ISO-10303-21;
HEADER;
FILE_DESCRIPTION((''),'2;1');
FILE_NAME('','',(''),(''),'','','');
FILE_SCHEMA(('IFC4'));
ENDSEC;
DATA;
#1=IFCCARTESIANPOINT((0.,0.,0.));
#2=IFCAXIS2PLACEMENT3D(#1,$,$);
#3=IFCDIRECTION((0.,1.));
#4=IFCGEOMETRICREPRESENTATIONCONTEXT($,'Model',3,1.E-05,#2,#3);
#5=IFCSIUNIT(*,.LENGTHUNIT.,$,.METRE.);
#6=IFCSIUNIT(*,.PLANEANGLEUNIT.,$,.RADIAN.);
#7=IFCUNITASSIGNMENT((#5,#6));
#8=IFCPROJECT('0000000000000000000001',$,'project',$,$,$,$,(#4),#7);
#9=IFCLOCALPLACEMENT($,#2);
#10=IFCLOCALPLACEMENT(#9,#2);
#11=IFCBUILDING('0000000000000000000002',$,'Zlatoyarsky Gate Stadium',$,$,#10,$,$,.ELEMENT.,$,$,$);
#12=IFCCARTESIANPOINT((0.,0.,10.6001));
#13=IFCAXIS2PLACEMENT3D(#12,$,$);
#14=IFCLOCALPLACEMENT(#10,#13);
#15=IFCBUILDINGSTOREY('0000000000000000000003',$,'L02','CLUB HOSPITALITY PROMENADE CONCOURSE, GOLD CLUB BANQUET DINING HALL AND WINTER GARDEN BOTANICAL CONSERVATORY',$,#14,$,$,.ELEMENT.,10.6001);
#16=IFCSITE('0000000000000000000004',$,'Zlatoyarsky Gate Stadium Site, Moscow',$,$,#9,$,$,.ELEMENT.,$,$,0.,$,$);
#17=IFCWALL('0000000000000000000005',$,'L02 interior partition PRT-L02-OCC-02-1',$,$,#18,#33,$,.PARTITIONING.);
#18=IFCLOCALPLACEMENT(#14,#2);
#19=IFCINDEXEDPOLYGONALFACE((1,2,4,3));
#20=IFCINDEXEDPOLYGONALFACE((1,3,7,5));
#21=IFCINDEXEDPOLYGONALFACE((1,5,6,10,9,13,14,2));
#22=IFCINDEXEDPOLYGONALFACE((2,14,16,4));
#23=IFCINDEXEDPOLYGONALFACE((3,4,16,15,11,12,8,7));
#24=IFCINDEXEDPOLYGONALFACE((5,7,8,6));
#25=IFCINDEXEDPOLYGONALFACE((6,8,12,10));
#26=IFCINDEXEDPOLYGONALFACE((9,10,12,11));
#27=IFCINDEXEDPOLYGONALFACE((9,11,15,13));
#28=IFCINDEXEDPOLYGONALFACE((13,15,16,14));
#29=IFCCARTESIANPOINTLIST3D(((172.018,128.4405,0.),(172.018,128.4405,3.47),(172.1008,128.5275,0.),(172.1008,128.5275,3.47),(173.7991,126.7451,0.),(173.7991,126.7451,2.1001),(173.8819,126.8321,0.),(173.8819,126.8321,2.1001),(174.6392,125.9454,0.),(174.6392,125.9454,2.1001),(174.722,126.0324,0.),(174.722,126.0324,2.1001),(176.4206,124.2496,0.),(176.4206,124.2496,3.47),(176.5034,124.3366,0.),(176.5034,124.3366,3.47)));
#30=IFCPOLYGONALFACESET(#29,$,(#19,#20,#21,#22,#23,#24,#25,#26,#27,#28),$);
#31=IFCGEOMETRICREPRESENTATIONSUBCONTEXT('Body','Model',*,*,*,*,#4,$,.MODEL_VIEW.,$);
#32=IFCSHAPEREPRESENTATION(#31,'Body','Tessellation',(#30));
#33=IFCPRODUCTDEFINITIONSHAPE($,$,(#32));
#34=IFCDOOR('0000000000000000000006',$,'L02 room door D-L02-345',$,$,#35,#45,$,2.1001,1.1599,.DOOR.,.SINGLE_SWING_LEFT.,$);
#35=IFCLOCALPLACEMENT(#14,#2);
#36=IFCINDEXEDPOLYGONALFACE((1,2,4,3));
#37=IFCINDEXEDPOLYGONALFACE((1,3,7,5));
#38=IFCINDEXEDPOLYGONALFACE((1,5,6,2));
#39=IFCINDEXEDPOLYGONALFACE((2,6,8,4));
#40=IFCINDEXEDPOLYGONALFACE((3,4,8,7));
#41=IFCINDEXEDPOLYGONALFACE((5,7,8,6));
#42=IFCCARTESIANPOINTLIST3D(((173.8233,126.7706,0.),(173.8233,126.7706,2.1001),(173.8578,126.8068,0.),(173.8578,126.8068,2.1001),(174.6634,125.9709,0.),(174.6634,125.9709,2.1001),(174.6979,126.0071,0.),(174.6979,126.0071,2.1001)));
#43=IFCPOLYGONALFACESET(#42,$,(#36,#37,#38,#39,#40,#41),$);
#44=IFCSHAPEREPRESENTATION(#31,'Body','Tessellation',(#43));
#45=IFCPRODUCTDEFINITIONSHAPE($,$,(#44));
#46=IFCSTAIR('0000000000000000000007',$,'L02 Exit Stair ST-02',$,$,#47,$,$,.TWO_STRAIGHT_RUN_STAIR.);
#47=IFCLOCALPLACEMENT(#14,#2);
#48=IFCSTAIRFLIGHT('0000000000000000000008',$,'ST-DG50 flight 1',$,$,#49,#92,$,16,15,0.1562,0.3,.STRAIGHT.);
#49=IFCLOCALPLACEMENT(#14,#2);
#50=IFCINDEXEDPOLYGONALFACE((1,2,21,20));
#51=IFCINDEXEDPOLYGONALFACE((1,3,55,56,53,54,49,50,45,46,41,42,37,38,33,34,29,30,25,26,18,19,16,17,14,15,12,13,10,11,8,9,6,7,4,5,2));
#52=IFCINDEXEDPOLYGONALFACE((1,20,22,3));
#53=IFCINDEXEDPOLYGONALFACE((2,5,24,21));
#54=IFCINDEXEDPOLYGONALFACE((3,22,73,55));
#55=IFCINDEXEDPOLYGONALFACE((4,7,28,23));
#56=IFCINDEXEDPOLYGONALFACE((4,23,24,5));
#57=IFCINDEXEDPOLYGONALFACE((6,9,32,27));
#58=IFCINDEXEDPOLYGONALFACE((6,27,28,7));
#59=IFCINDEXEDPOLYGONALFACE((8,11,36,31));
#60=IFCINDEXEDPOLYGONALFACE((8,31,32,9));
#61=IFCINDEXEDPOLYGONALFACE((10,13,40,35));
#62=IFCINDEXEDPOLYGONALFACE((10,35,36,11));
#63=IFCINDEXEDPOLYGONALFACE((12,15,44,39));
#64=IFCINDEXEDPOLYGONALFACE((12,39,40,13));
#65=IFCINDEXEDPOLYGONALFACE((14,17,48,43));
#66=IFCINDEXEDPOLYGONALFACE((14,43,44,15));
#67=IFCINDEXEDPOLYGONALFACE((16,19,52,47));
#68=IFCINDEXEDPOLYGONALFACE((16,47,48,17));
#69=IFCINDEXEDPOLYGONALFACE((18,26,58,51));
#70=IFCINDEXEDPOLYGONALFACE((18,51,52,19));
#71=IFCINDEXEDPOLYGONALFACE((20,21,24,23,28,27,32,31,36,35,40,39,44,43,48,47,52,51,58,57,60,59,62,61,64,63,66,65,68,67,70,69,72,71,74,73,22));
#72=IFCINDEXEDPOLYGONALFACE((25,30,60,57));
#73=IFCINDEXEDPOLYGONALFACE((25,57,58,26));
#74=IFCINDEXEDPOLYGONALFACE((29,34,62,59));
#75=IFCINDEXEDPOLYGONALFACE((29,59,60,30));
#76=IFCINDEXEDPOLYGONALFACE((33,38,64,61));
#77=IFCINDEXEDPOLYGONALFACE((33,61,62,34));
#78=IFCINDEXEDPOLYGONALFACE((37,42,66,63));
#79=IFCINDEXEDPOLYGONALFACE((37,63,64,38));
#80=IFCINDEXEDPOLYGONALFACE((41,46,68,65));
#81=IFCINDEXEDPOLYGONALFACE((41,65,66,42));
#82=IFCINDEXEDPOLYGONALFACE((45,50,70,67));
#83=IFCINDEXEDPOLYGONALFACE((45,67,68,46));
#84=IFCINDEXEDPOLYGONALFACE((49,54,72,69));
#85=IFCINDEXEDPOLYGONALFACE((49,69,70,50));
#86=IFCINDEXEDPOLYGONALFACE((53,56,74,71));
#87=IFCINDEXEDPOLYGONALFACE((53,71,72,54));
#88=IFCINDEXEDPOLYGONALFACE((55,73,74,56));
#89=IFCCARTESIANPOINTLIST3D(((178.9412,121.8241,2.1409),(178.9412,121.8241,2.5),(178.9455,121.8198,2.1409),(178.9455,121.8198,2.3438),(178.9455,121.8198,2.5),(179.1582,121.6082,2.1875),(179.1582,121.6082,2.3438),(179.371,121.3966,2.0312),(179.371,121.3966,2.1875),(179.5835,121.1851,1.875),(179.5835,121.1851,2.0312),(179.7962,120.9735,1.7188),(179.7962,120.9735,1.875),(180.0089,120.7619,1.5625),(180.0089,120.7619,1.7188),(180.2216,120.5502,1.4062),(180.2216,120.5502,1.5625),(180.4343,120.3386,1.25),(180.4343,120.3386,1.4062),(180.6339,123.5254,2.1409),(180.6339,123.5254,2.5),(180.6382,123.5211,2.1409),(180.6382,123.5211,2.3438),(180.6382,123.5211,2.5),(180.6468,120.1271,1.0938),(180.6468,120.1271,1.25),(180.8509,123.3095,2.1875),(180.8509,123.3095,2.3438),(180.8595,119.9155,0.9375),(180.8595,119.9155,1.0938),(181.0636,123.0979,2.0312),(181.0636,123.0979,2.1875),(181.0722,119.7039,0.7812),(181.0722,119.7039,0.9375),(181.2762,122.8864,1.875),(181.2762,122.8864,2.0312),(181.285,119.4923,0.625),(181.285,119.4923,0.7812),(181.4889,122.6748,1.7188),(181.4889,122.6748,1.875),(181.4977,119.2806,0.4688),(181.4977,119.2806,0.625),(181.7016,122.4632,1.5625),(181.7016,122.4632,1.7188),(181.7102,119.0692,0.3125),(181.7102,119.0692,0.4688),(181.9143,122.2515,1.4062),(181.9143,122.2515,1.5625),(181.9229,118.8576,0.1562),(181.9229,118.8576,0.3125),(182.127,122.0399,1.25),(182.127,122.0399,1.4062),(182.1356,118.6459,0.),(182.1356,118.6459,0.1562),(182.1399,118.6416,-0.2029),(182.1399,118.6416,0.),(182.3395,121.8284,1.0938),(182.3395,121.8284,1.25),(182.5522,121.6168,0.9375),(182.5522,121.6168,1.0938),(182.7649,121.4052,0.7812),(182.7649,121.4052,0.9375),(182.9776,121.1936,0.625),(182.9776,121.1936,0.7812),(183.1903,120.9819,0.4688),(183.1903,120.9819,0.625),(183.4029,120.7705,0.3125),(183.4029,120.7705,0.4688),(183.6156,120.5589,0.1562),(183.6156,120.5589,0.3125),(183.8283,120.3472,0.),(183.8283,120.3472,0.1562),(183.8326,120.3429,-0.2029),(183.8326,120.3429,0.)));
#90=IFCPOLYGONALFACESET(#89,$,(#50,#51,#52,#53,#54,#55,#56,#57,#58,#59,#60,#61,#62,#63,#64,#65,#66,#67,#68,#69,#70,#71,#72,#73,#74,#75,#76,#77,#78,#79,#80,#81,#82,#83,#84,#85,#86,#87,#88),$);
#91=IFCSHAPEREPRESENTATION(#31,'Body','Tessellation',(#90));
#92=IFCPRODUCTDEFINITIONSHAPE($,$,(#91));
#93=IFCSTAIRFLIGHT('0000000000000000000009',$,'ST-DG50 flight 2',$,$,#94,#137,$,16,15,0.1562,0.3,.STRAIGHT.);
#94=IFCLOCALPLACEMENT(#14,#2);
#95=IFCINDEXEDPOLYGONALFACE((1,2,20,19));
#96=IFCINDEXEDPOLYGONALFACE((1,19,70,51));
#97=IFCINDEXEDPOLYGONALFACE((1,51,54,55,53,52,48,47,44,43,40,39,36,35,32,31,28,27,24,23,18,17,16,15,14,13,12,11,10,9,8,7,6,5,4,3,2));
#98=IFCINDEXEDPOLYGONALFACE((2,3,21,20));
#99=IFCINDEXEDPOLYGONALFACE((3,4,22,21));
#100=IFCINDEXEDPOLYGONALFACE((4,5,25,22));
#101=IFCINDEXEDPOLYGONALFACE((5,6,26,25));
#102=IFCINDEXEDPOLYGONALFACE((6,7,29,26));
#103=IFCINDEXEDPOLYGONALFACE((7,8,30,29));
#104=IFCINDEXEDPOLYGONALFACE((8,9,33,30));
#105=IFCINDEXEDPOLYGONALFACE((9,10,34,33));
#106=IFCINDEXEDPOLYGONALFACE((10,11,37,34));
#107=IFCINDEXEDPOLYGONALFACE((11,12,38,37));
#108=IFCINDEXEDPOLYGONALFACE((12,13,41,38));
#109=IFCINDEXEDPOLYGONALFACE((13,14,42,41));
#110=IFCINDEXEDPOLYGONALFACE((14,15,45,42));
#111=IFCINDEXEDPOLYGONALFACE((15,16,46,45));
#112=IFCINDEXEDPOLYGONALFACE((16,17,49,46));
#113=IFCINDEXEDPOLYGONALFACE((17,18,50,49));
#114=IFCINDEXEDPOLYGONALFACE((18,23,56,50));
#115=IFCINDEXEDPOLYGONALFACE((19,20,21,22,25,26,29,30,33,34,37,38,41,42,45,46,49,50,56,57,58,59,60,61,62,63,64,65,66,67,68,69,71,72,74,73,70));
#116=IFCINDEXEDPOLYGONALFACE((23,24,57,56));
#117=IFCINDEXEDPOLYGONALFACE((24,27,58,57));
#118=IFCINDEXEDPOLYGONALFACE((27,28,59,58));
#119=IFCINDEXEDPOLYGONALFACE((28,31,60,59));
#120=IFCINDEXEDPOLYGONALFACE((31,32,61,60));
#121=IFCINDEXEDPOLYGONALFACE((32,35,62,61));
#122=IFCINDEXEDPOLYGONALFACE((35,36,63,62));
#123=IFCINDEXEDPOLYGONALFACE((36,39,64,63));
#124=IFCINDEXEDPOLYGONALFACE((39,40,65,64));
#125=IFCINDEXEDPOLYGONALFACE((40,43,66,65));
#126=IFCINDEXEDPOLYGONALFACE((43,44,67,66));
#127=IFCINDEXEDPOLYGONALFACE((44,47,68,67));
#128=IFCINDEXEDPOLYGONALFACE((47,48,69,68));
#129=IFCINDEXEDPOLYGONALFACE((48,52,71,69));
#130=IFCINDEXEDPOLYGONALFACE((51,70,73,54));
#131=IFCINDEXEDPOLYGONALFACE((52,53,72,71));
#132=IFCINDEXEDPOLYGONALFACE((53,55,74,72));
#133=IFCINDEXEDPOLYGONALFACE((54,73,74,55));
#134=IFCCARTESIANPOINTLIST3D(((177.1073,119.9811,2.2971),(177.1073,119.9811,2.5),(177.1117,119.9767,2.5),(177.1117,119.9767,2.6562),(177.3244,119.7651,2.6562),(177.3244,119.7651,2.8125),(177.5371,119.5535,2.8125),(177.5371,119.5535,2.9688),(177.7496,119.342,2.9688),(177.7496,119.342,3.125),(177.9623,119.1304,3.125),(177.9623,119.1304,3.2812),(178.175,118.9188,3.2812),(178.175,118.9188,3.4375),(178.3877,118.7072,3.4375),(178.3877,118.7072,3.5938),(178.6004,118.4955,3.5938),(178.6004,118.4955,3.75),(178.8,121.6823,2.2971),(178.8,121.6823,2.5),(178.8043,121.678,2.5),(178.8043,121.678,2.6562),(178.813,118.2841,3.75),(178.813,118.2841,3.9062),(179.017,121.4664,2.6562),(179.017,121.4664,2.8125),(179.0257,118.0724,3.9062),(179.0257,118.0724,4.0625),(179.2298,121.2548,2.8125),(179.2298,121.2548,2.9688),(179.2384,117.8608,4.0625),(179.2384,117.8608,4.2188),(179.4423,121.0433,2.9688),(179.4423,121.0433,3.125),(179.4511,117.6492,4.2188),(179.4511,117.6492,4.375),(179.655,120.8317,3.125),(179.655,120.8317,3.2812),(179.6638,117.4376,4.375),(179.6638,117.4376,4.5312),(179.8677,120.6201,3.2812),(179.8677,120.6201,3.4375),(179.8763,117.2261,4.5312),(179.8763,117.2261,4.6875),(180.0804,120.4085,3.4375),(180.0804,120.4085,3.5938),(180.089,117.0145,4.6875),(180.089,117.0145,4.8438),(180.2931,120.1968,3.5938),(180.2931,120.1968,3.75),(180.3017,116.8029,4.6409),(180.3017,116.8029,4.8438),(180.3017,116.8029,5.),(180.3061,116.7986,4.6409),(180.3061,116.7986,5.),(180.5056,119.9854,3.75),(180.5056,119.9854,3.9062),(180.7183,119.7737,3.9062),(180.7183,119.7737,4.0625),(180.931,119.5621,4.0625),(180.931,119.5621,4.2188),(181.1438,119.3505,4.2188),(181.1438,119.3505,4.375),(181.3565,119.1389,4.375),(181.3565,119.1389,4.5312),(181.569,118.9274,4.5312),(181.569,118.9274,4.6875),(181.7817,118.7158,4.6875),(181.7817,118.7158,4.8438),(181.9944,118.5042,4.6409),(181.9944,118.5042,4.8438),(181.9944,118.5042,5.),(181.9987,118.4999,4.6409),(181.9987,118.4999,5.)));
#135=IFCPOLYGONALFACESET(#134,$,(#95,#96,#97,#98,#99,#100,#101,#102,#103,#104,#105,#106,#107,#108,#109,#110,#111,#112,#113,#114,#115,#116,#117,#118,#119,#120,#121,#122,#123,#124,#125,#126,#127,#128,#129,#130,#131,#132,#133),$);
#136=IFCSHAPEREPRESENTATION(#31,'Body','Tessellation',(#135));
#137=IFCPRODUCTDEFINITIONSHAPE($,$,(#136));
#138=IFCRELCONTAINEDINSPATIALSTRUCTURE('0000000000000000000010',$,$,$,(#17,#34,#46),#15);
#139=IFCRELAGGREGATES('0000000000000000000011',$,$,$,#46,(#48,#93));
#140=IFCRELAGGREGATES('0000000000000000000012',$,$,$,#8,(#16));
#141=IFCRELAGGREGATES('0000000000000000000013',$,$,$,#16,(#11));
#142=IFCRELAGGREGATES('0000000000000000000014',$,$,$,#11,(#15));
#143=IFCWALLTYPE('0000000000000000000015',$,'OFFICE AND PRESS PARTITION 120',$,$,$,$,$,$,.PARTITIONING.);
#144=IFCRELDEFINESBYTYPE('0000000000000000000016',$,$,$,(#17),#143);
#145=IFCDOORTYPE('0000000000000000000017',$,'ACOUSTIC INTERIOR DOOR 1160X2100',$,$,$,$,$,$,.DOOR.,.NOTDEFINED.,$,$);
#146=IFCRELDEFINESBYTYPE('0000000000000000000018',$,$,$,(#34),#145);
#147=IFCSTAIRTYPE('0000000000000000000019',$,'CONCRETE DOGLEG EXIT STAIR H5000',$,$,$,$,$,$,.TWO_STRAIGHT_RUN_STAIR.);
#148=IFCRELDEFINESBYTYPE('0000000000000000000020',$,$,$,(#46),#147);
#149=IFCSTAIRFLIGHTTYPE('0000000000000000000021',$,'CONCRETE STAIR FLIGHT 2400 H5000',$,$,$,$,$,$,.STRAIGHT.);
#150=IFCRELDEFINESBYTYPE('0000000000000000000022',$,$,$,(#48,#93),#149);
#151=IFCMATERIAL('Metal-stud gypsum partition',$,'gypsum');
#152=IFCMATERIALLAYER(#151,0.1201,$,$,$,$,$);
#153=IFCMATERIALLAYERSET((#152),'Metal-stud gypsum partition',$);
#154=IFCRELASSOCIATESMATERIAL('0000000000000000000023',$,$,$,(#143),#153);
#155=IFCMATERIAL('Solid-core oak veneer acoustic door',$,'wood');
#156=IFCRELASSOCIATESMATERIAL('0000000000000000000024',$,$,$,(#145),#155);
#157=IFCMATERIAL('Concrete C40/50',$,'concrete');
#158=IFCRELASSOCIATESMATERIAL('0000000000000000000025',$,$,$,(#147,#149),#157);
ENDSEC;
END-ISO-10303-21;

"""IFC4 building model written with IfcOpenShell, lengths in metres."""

from ifc_helpers import new_model, si_unit, direction, frame, frame_2d, origin, place, context, subcontext, project, spatial, polyline, rectangle, outline, extrude, material, layer, layer_set, type_object, element, fill, aggregate, save


model = new_model("IFC4")

# Units and contexts
model_context = context("Model", 3, precision=1e-05, world=origin(), true_north=direction((0.0, 1.0)))
body_context = subcontext(model_context, "Body", "Model", "MODEL_VIEW")
ifc_project = project(units=[si_unit("LENGTHUNIT", "METRE"), si_unit("PLANEANGLEUNIT", "RADIAN")], contexts=[model_context])

# Site, building, storey
site_placement = place(None, origin())
site = spatial("IfcSite", under=ifc_project, at=site_placement, Name="Zlatoyarsky Gate Stadium Site, Moscow", CompositionType="ELEMENT", RefElevation=0.0)
building_placement = place(site_placement, origin())
building = spatial("IfcBuilding", under=site, at=building_placement, Name="Zlatoyarsky Gate Stadium", CompositionType="ELEMENT")
storey_placement = place(building_placement, frame((0.0, 0.0, 10.6001)))
storey = spatial("IfcBuildingStorey", under=building, at=storey_placement, Name="L02", Description="CLUB HOSPITALITY PROMENADE CONCOURSE, GOLD CLUB BANQUET DINING HALL AND WINTER GARDEN BOTANICAL CONSERVATORY", CompositionType="ELEMENT", Elevation=10.6001)

# Shared definitions
ifc_material_1 = material(Name="Concrete C40/50", Category="concrete")

# Wall, opening, door
ifc_material_2 = material(Name="Metal-stud gypsum partition", Category="gypsum")
ifc_layer_1 = layer(ifc_material_2, 0.1201)
ifc_layer_set_1 = layer_set([ifc_layer_1], Name="Metal-stud gypsum partition")
wall_type_1 = type_object("IfcWallType", Name="OFFICE AND PRESS PARTITION 120", PredefinedType="PARTITIONING", material=ifc_layer_set_1)
wall_1_placement = place(storey_placement, frame((176.4619, 124.2932, 0.0), z_axis=(0.0, 0.0, 1.0), x_axis=(-0.724304, 0.689481, 0.0)))
wall_1 = element("IfcWall", 1, at=wall_1_placement, inside=storey, type_object=wall_type_1, Name="L02 interior partition PRT-L02-OCC-02-1", PredefinedType="PARTITIONING", context=body_context, shape_type="SweptSolid", body=[
    extrude(rectangle(XDim=6.0784, YDim=0.1201, at=frame_2d((3.0391, 0.0))), origin(), (0.0, 0.0, 1.0), 3.47),
])
opening_1_placement = place(wall_1_placement, frame((2.4592, 0.0, 0.0)))
opening_1 = element("IfcOpeningElement", 2, at=opening_1_placement, cuts=wall_1, PredefinedType="OPENING", context=body_context, shape_type="SweptSolid", body=[
    extrude(rectangle(XDim=1.1599, YDim=2.1001, at=frame_2d((0.5801, 1.05))), frame((0.0, 0.0701, 0.0), z_axis=(0.0, -1.0, 0.0), x_axis=(1.0, 0.0, 0.0)), (0.0, 0.0, 1.0), 0.1401),
])
ifc_material_3 = material(Name="Solid-core oak veneer acoustic door", Category="wood")
door_type_1 = type_object("IfcDoorType", Name="ACOUSTIC INTERIOR DOOR 1160X2100", OperationType="NOTDEFINED", PredefinedType="DOOR", material=ifc_material_3)
door_1_placement = place(opening_1_placement, origin())
door_1 = element("IfcDoor", 3, at=door_1_placement, inside=storey, type_object=door_type_1, Name="L02 room door D-L02-345", OperationType="SINGLE_SWING_LEFT", OverallHeight=2.1001, OverallWidth=1.1599, PredefinedType="DOOR", context=body_context, shape_type="SweptSolid", body=[
    extrude(rectangle(XDim=1.1599, YDim=2.1001, at=frame_2d((0.5801, 1.05))), frame((0.0, 0.0249, 0.0), z_axis=(0.0, -1.0, 0.0), x_axis=(1.0, 0.0, 0.0)), (0.0, 0.0, 1.0), 0.05),
])
fill(opening_1, door_1)

# Stair, stair flights
stair_type = type_object("IfcStairType", Name="CONCRETE DOGLEG EXIT STAIR H5000", PredefinedType="TWO_STRAIGHT_RUN_STAIR", material=ifc_material_1)
stair_placement = place(storey_placement, origin())
stair = element("IfcStair", 4, at=stair_placement, inside=storey, type_object=stair_type, Name="L02 Exit Stair ST-02", PredefinedType="TWO_STRAIGHT_RUN_STAIR")
stair_flight_type = type_object("IfcStairFlightType", Name="CONCRETE STAIR FLIGHT 2400 H5000", PredefinedType="STRAIGHT", material=ifc_material_1)
stair_flight_1_placement = place(storey_placement, frame((182.9819, 119.4966, 0.0), z_axis=(0.0, 0.0, 1.0), x_axis=(-0.708901, 0.705308, 0.0)))
stair_flight_1 = element("IfcStairFlight", 5, at=stair_flight_1_placement, type_object=stair_flight_type, Name="ST-DG50 flight 1", NumberOfRisers=16, NumberOfTreads=15, PredefinedType="STRAIGHT", RiserHeight=0.1562, TreadLength=0.3, context=body_context, shape_type="SweptSolid", body=[
    extrude(outline(polyline([(-0.0061, -0.2029), (-0.0061, 0.0), (0.0, 0.0), (0.0, 0.1562), (0.3, 0.1562), (0.3, 0.3125), (0.6001, 0.3125), (0.6001, 0.4688), (0.8999, 0.4688), (0.8999, 0.625), (1.2, 0.625), (1.2, 0.7812), (1.5, 0.7812), (1.5, 0.9375), (1.8, 0.9375), (1.8, 1.0938), (2.1001, 1.0938), (2.1001, 1.25), (2.3999, 1.25), (2.3999, 1.4062), (2.7, 1.4062), (2.7, 1.5625), (3.0, 1.5625), (3.0, 1.7188), (3.3, 1.7188), (3.3, 1.875), (3.6001, 1.875), (3.6001, 2.0312), (3.8999, 2.0312), (3.8999, 2.1875), (4.2, 2.1875), (4.2, 2.3438), (4.5, 2.3438), (4.5, 2.5), (4.5061, 2.5), (4.5061, 2.1409), (4.5, 2.1409), (-0.0061, -0.2029)])), frame((0.0, 1.2, 0.0), z_axis=(0.0, -1.0, 0.0), x_axis=(1.0, 0.0, 0.0)), (0.0, 0.0, 1.0), 2.3999),
])
stair_flight_2_placement = place(storey_placement, frame((177.958, 120.8274, 2.5), z_axis=(0.0, 0.0, 1.0), x_axis=(0.708901, -0.705308, 0.0)))
stair_flight_2 = element("IfcStairFlight", 6, at=stair_flight_2_placement, type_object=stair_flight_type, Name="ST-DG50 flight 2", NumberOfRisers=16, NumberOfTreads=15, PredefinedType="STRAIGHT", RiserHeight=0.1562, TreadLength=0.3, context=body_context, shape_type="SweptSolid", body=[
    extrude(outline(polyline([(-0.0061, -0.2029), (-0.0061, 0.0), (0.0, 0.0), (0.0, 0.1562), (0.3, 0.1562), (0.3, 0.3125), (0.6001, 0.3125), (0.6001, 0.4688), (0.8999, 0.4688), (0.8999, 0.625), (1.2, 0.625), (1.2, 0.7812), (1.5, 0.7812), (1.5, 0.9375), (1.8, 0.9375), (1.8, 1.0938), (2.1001, 1.0938), (2.1001, 1.25), (2.3999, 1.25), (2.3999, 1.4062), (2.7, 1.4062), (2.7, 1.5625), (3.0, 1.5625), (3.0, 1.7188), (3.3, 1.7188), (3.3, 1.875), (3.6001, 1.875), (3.6001, 2.0312), (3.8999, 2.0312), (3.8999, 2.1875), (4.2, 2.1875), (4.2, 2.3438), (4.5, 2.3438), (4.5, 2.5), (4.5061, 2.5), (4.5061, 2.1409), (4.5, 2.1409), (-0.0061, -0.2029)])), frame((0.0, 1.2, 0.0), z_axis=(0.0, -1.0, 0.0), x_axis=(1.0, 0.0, 0.0)), (0.0, 0.0, 1.0), 2.3999),
])
aggregate(stair, [stair_flight_1, stair_flight_2])

save(model, "model.ifc")
